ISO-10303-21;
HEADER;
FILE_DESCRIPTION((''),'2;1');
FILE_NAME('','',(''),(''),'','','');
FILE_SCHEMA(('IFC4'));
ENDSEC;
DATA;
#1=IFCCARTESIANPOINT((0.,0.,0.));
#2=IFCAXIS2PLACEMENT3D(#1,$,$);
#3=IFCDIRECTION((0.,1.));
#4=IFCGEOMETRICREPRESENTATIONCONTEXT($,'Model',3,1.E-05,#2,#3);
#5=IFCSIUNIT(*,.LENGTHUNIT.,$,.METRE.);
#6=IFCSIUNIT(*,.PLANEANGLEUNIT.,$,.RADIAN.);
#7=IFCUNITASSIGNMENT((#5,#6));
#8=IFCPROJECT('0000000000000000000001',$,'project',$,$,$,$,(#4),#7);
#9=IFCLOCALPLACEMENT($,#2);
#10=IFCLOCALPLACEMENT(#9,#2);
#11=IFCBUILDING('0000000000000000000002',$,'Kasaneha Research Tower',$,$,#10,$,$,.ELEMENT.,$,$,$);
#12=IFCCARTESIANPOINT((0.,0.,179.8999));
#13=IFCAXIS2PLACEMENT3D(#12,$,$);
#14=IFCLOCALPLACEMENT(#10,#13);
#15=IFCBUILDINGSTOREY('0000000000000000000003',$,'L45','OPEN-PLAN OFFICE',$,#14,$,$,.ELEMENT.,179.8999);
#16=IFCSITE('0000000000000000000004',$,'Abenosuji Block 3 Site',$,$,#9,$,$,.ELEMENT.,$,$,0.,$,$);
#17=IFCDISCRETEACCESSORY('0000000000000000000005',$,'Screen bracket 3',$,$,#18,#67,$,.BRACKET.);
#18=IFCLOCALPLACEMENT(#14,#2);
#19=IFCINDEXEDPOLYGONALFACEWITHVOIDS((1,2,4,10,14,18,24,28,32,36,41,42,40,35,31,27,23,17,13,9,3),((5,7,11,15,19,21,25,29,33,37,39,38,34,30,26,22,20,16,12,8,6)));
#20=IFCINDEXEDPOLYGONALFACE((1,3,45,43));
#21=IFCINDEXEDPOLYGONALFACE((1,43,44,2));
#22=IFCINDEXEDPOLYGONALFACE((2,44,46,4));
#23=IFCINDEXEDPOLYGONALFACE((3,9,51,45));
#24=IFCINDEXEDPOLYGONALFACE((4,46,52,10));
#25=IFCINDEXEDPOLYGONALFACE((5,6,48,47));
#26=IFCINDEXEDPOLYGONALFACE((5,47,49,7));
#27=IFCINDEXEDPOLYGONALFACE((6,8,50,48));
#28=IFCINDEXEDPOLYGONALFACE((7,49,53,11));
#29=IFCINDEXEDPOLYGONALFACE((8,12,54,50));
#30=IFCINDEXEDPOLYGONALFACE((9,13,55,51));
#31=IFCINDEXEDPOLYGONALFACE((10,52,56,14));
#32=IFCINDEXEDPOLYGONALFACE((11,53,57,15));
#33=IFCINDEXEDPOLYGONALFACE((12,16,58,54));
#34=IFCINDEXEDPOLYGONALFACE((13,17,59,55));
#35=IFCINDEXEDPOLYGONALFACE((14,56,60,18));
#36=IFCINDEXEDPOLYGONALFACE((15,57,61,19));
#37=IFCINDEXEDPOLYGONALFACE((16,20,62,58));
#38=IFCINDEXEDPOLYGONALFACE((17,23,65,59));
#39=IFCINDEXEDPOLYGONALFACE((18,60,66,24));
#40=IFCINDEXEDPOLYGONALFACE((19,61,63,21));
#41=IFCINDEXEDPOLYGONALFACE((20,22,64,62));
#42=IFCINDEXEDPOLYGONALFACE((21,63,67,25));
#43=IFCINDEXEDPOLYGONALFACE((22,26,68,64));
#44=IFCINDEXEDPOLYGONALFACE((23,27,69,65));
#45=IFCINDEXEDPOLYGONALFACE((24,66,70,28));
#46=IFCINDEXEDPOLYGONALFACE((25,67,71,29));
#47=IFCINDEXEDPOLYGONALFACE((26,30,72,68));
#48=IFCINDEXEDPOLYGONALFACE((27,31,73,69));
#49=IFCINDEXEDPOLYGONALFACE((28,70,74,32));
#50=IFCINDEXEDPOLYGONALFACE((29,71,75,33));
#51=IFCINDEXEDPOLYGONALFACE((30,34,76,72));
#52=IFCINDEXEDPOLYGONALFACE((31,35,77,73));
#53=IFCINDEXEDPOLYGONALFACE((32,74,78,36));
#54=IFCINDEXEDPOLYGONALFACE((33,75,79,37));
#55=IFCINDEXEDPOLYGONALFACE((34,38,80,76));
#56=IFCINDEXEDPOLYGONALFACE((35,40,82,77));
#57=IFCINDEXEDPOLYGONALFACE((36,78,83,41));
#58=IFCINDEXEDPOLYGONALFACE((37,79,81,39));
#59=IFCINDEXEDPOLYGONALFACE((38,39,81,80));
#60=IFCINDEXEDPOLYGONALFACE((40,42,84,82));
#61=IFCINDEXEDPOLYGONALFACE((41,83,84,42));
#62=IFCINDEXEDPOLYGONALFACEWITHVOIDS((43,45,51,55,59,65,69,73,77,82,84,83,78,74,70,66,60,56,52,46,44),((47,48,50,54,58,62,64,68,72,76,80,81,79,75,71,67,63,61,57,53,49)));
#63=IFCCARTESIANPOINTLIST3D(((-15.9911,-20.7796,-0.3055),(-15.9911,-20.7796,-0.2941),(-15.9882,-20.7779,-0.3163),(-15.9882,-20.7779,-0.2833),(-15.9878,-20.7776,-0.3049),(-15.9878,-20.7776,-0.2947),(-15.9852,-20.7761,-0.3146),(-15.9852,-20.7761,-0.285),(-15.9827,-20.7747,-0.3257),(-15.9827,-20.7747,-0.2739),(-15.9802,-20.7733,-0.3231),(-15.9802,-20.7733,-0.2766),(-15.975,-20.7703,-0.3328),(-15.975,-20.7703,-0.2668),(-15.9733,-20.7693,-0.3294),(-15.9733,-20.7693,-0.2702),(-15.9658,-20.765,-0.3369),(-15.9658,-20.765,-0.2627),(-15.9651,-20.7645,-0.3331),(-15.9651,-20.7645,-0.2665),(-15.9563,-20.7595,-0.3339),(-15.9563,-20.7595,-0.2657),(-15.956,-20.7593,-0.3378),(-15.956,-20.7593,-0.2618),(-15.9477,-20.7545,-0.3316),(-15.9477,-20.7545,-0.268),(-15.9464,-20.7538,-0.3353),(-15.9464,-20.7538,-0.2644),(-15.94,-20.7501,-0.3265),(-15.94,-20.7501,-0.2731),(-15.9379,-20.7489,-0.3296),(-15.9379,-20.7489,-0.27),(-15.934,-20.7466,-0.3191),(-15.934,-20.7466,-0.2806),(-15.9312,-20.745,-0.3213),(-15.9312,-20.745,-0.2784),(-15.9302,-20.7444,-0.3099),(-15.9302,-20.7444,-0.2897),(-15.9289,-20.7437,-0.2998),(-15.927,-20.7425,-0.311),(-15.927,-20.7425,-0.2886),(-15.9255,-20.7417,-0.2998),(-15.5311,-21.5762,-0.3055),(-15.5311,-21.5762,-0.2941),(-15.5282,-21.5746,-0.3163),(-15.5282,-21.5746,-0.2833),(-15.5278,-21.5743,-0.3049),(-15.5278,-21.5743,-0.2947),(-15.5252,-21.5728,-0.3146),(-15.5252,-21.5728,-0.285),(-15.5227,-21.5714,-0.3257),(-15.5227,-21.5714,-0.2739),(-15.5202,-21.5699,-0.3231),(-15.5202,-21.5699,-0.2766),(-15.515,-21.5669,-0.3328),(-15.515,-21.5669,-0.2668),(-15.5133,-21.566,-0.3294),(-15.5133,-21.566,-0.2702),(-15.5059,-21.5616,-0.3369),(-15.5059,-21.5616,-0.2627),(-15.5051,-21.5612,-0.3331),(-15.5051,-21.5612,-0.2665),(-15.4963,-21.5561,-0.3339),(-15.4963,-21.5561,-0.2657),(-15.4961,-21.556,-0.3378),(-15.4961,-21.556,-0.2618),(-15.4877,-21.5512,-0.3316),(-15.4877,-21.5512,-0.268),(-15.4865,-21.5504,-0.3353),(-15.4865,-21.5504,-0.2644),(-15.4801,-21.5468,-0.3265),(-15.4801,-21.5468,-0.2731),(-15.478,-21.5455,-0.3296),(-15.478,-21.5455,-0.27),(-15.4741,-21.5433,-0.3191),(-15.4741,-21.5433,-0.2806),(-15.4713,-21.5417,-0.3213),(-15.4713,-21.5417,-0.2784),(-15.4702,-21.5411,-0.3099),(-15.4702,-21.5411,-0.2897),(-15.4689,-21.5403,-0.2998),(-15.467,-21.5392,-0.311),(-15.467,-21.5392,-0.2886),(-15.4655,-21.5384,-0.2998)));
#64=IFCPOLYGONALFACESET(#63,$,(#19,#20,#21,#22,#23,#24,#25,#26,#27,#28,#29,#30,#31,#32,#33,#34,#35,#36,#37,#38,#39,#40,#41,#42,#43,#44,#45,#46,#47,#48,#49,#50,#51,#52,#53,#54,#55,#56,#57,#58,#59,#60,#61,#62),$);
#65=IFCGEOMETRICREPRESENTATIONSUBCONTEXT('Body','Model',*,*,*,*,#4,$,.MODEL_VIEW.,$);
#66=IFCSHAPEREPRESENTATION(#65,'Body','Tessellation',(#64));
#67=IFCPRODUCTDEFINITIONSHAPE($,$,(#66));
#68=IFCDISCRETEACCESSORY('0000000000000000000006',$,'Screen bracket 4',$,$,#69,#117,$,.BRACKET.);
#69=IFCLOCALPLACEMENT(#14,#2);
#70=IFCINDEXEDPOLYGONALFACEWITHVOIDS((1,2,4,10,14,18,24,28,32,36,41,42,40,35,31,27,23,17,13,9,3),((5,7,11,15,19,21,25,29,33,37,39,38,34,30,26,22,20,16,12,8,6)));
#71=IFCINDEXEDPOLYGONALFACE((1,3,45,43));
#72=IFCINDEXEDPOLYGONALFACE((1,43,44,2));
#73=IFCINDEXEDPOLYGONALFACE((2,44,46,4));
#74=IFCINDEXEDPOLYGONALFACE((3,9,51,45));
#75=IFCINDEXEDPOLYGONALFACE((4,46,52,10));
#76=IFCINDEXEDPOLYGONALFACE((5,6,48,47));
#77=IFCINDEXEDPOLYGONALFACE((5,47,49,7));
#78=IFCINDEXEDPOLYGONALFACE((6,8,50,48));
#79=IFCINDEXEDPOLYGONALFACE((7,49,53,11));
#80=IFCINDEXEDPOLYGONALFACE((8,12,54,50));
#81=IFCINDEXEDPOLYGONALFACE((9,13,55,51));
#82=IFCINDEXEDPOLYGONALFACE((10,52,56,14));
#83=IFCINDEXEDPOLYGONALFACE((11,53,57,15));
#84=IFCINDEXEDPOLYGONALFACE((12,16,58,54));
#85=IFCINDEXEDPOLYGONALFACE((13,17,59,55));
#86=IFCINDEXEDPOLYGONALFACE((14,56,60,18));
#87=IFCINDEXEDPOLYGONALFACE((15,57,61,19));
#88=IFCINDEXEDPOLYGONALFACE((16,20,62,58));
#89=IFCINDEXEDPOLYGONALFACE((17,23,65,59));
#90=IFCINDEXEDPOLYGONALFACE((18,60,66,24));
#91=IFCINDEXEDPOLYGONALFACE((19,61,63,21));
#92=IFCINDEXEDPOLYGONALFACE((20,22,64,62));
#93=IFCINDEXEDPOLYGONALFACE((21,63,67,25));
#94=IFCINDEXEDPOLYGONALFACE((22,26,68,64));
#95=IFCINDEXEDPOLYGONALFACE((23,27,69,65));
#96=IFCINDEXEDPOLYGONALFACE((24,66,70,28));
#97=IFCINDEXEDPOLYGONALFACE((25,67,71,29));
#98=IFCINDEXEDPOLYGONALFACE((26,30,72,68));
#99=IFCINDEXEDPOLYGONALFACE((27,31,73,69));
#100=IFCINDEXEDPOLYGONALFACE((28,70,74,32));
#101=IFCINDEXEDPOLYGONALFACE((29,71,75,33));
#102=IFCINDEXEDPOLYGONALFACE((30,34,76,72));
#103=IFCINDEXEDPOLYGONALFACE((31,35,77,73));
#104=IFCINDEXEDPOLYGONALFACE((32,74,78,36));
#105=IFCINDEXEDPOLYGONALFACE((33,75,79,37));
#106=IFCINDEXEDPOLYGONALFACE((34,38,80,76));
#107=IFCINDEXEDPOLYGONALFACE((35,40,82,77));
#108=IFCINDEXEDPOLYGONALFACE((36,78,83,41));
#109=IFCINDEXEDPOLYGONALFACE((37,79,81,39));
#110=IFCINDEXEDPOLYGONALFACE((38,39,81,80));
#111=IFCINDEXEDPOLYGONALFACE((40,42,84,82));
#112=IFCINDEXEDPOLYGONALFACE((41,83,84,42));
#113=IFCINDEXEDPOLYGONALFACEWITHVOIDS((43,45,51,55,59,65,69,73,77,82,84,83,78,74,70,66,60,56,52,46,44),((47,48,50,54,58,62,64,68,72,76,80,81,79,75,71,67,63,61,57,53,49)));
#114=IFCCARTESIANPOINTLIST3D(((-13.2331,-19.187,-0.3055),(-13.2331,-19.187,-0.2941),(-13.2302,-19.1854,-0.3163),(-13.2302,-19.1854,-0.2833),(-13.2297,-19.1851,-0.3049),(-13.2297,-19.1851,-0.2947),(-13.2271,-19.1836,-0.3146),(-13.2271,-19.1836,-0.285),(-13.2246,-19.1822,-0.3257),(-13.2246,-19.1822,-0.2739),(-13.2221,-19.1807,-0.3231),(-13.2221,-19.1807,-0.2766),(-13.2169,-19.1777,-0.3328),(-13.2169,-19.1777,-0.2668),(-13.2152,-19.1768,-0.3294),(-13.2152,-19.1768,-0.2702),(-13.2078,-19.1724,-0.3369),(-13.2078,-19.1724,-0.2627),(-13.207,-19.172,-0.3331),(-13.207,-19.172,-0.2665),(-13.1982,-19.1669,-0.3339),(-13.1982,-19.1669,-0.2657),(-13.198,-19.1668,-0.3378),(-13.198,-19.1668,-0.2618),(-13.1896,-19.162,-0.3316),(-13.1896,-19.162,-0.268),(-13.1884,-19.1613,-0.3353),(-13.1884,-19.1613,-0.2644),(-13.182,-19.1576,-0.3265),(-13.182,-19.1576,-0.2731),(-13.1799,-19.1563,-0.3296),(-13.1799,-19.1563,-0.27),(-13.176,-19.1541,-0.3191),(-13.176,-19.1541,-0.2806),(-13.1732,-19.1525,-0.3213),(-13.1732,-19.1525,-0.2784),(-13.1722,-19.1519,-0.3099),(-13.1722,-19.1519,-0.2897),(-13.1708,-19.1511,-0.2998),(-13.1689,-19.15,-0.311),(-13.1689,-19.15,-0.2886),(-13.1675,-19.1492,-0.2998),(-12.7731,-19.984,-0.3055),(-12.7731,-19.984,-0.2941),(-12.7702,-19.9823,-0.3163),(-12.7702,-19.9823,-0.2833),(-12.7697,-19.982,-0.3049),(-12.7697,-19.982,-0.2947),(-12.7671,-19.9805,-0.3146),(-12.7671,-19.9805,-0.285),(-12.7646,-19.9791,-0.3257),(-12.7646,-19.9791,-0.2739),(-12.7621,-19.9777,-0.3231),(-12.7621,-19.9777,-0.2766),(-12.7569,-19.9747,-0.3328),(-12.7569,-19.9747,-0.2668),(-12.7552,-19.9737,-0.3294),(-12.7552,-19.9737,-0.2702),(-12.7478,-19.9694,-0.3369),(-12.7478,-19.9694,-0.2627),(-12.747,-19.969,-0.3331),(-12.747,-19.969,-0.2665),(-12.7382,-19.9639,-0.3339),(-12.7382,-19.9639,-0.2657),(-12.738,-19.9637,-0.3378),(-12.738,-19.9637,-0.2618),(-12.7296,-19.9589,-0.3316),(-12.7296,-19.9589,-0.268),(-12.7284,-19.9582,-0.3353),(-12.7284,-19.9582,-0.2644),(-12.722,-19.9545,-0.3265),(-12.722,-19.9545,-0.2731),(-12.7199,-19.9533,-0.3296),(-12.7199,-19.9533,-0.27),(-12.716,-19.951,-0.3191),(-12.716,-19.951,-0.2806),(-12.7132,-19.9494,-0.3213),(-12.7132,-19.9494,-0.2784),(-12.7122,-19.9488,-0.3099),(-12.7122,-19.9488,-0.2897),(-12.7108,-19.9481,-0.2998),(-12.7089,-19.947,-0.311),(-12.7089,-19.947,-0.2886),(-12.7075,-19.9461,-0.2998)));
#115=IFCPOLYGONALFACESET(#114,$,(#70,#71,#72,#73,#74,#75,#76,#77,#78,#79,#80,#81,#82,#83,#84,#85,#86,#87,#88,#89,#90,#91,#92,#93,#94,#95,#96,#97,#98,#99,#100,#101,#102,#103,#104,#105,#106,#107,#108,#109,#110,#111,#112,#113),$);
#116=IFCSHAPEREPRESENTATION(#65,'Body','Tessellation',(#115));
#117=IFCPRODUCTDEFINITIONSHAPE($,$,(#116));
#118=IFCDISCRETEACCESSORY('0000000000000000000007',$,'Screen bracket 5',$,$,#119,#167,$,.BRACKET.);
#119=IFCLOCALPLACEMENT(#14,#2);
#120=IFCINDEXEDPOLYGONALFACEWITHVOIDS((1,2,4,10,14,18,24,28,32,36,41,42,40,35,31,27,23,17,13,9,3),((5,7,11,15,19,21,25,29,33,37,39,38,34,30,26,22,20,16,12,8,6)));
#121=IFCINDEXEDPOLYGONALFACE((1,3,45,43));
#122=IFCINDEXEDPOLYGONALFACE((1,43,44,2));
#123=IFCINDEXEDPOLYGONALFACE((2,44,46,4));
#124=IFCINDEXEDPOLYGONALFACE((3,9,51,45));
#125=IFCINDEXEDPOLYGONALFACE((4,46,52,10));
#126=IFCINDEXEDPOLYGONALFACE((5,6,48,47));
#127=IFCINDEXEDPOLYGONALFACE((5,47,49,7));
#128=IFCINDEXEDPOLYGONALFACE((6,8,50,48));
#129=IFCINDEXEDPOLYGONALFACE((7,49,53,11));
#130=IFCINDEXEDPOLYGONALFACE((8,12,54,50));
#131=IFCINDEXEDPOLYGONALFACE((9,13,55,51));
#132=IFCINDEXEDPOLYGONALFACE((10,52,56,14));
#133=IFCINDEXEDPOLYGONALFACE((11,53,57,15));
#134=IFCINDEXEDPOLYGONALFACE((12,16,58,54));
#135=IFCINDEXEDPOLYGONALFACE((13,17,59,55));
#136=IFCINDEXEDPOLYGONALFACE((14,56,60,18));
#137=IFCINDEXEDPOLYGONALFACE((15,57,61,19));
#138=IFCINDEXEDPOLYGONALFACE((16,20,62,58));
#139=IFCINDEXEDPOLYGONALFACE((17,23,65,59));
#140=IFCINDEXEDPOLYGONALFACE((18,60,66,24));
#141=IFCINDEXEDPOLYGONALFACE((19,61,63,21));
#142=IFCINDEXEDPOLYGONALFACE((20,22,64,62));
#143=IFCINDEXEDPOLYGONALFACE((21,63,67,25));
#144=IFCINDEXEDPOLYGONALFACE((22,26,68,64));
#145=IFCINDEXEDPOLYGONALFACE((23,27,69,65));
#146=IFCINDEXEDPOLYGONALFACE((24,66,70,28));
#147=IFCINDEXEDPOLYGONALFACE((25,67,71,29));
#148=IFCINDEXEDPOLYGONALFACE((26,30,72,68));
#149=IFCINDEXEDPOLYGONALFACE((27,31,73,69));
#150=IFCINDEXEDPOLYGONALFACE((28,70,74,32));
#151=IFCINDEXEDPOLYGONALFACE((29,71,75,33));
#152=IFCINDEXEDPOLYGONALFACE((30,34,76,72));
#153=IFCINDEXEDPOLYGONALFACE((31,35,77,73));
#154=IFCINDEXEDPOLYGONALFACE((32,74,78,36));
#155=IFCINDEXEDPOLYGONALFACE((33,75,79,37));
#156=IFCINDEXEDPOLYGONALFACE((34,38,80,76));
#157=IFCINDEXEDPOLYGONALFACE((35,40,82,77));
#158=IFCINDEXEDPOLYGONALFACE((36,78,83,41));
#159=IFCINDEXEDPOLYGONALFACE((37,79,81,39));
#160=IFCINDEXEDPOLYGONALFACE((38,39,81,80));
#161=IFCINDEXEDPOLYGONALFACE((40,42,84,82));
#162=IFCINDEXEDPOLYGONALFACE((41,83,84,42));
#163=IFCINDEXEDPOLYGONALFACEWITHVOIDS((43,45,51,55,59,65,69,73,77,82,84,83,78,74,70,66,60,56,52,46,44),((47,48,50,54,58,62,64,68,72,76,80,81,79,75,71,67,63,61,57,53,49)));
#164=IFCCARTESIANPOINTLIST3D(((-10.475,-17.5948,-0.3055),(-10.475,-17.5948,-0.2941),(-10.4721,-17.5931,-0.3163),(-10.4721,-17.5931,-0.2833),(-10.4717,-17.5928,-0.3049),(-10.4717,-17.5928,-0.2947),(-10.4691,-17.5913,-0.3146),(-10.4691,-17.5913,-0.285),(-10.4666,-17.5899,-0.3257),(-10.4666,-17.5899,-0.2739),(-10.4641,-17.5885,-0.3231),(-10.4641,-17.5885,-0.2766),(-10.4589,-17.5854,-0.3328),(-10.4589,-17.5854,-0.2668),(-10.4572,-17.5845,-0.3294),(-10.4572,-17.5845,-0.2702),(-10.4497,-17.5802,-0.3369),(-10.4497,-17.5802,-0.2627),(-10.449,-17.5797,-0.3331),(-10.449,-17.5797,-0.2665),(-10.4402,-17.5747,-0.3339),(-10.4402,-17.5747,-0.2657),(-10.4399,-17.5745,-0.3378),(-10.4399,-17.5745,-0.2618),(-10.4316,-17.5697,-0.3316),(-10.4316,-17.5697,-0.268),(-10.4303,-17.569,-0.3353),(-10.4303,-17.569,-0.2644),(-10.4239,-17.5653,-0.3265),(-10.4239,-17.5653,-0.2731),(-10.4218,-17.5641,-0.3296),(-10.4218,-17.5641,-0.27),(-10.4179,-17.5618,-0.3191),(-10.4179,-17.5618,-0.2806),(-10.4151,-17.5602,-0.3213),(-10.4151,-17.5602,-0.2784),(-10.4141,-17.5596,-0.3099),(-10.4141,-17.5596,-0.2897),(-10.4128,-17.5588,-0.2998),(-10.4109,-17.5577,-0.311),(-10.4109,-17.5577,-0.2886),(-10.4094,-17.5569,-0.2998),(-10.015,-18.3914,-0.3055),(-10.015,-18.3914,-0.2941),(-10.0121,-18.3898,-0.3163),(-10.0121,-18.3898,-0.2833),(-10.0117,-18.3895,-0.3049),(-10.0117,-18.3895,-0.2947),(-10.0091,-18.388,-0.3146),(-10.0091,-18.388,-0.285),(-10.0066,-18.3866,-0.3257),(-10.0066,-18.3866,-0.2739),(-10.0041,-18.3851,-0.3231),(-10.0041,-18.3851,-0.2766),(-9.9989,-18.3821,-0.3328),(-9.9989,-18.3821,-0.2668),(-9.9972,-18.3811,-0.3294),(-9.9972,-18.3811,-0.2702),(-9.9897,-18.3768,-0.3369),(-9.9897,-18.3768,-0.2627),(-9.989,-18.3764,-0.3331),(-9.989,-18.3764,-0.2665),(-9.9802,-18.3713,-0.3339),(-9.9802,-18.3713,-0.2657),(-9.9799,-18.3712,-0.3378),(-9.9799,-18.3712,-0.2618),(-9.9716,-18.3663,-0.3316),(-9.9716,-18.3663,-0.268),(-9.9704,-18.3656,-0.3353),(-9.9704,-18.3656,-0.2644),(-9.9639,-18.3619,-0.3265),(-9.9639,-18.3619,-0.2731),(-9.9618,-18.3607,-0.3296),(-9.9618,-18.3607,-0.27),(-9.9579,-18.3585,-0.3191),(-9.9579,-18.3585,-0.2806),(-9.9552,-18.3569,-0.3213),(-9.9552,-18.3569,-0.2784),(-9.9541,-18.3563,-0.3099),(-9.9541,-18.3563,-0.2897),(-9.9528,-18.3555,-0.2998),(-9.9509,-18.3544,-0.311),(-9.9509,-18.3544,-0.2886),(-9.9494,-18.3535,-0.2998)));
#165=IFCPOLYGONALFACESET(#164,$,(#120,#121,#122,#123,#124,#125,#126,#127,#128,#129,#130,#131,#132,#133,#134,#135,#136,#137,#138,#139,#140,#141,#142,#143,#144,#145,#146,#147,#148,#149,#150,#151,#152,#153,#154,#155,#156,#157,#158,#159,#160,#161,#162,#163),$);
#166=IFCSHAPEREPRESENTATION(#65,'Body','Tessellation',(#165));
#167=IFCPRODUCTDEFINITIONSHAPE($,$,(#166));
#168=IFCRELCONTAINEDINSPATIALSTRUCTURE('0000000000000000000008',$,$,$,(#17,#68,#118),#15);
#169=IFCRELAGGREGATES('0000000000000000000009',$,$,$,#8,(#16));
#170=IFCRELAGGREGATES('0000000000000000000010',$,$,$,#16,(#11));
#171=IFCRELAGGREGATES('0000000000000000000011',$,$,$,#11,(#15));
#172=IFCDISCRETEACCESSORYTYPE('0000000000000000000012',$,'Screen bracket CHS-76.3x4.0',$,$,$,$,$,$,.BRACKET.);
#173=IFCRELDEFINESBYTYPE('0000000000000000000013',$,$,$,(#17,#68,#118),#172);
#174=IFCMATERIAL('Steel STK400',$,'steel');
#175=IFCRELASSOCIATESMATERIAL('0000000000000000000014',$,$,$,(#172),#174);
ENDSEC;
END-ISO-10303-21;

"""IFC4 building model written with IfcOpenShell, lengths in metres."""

from ifc_helpers import new_model, si_unit, direction, frame, origin, origin_2d, place, context, subcontext, project, spatial, hollow_circle, extrude, material, material_profile, profile_set, type_object, element, save


model = new_model("IFC4")

# Units and contexts
model_context = context("Model", 3, precision=1e-05, world=origin(), true_north=direction((0.0, 1.0)))
body_context = subcontext(model_context, "Body", "Model", "MODEL_VIEW")
ifc_project = project(units=[si_unit("LENGTHUNIT", "METRE"), si_unit("PLANEANGLEUNIT", "RADIAN")], contexts=[model_context])

# Site, building, storey
site_placement = place(None, origin())
site = spatial("IfcSite", under=ifc_project, at=site_placement, Name="Abenosuji Block 3 Site", CompositionType="ELEMENT", RefElevation=0.0)
building_placement = place(site_placement, origin())
building = spatial("IfcBuilding", under=site, at=building_placement, Name="Kasaneha Research Tower", CompositionType="ELEMENT")
storey_placement = place(building_placement, frame((0.0, 0.0, 179.8999)))
storey = spatial("IfcBuildingStorey", under=building, at=storey_placement, Name="L45", Description="OPEN-PLAN OFFICE", CompositionType="ELEMENT", Elevation=179.8999)

# Discrete accessories
ifc_material_1 = material(Name="Steel STK400", Category="steel")
ifc_material_profile_1 = material_profile(ifc_material_1, hollow_circle(Radius=0.0381, WallThickness=0.0039, at=origin_2d()), Name="CHS-76.3x4.0")
ifc_profile_set_1 = profile_set([ifc_material_profile_1], Name="Steel STK400")
discrete_accessory_type = type_object("IfcDiscreteAccessoryType", Name="Screen bracket CHS-76.3x4.0", PredefinedType="BRACKET", material=ifc_profile_set_1)
for number, where, z_axis, x_axis, name in (
    (1, (-15.9585, -20.7607, -0.2998), (0.500021, -0.866013, 0.0), (0.866013, 0.500021, 0.0), "Screen bracket 3"),
):
    element("IfcDiscreteAccessory", number, at=place(storey_placement, frame(where, z_axis=z_axis, x_axis=x_axis)), inside=storey, type_object=discrete_accessory_type, Name=name, PredefinedType="BRACKET", context=body_context, shape_type="SweptSolid", body=[
        extrude(hollow_circle(Radius=0.0381, WallThickness=0.0039, at=origin_2d()), origin(), (0.0, 0.0, 1.0), 0.9199),
    ])
discrete_accessory_1_placement = place(storey_placement, frame((-13.2004, -19.1682, -0.2998), z_axis=(0.499906, -0.86608, 0.0), x_axis=(0.86608, 0.499906, 0.0)))
element("IfcDiscreteAccessory", 2, at=discrete_accessory_1_placement, inside=storey, type_object=discrete_accessory_type, Name="Screen bracket 4", PredefinedType="BRACKET", context=body_context, shape_type="SweptSolid", body=[
    extrude(hollow_circle(Radius=0.0381, WallThickness=0.0039, at=origin_2d()), origin(), (0.0, 0.0, 1.0), 0.9202),
])
discrete_accessory_2_placement = place(storey_placement, frame((-10.4424, -17.5759, -0.2998), z_axis=(0.500021, -0.866013, 0.0), x_axis=(0.866013, 0.500021, 0.0)))
element("IfcDiscreteAccessory", 3, at=discrete_accessory_2_placement, inside=storey, type_object=discrete_accessory_type, Name="Screen bracket 5", PredefinedType="BRACKET", context=body_context, shape_type="SweptSolid", body=[
    extrude(hollow_circle(Radius=0.0381, WallThickness=0.0039, at=origin_2d()), origin(), (0.0, 0.0, 1.0), 0.9199),
])

save(model, "model.ifc")
